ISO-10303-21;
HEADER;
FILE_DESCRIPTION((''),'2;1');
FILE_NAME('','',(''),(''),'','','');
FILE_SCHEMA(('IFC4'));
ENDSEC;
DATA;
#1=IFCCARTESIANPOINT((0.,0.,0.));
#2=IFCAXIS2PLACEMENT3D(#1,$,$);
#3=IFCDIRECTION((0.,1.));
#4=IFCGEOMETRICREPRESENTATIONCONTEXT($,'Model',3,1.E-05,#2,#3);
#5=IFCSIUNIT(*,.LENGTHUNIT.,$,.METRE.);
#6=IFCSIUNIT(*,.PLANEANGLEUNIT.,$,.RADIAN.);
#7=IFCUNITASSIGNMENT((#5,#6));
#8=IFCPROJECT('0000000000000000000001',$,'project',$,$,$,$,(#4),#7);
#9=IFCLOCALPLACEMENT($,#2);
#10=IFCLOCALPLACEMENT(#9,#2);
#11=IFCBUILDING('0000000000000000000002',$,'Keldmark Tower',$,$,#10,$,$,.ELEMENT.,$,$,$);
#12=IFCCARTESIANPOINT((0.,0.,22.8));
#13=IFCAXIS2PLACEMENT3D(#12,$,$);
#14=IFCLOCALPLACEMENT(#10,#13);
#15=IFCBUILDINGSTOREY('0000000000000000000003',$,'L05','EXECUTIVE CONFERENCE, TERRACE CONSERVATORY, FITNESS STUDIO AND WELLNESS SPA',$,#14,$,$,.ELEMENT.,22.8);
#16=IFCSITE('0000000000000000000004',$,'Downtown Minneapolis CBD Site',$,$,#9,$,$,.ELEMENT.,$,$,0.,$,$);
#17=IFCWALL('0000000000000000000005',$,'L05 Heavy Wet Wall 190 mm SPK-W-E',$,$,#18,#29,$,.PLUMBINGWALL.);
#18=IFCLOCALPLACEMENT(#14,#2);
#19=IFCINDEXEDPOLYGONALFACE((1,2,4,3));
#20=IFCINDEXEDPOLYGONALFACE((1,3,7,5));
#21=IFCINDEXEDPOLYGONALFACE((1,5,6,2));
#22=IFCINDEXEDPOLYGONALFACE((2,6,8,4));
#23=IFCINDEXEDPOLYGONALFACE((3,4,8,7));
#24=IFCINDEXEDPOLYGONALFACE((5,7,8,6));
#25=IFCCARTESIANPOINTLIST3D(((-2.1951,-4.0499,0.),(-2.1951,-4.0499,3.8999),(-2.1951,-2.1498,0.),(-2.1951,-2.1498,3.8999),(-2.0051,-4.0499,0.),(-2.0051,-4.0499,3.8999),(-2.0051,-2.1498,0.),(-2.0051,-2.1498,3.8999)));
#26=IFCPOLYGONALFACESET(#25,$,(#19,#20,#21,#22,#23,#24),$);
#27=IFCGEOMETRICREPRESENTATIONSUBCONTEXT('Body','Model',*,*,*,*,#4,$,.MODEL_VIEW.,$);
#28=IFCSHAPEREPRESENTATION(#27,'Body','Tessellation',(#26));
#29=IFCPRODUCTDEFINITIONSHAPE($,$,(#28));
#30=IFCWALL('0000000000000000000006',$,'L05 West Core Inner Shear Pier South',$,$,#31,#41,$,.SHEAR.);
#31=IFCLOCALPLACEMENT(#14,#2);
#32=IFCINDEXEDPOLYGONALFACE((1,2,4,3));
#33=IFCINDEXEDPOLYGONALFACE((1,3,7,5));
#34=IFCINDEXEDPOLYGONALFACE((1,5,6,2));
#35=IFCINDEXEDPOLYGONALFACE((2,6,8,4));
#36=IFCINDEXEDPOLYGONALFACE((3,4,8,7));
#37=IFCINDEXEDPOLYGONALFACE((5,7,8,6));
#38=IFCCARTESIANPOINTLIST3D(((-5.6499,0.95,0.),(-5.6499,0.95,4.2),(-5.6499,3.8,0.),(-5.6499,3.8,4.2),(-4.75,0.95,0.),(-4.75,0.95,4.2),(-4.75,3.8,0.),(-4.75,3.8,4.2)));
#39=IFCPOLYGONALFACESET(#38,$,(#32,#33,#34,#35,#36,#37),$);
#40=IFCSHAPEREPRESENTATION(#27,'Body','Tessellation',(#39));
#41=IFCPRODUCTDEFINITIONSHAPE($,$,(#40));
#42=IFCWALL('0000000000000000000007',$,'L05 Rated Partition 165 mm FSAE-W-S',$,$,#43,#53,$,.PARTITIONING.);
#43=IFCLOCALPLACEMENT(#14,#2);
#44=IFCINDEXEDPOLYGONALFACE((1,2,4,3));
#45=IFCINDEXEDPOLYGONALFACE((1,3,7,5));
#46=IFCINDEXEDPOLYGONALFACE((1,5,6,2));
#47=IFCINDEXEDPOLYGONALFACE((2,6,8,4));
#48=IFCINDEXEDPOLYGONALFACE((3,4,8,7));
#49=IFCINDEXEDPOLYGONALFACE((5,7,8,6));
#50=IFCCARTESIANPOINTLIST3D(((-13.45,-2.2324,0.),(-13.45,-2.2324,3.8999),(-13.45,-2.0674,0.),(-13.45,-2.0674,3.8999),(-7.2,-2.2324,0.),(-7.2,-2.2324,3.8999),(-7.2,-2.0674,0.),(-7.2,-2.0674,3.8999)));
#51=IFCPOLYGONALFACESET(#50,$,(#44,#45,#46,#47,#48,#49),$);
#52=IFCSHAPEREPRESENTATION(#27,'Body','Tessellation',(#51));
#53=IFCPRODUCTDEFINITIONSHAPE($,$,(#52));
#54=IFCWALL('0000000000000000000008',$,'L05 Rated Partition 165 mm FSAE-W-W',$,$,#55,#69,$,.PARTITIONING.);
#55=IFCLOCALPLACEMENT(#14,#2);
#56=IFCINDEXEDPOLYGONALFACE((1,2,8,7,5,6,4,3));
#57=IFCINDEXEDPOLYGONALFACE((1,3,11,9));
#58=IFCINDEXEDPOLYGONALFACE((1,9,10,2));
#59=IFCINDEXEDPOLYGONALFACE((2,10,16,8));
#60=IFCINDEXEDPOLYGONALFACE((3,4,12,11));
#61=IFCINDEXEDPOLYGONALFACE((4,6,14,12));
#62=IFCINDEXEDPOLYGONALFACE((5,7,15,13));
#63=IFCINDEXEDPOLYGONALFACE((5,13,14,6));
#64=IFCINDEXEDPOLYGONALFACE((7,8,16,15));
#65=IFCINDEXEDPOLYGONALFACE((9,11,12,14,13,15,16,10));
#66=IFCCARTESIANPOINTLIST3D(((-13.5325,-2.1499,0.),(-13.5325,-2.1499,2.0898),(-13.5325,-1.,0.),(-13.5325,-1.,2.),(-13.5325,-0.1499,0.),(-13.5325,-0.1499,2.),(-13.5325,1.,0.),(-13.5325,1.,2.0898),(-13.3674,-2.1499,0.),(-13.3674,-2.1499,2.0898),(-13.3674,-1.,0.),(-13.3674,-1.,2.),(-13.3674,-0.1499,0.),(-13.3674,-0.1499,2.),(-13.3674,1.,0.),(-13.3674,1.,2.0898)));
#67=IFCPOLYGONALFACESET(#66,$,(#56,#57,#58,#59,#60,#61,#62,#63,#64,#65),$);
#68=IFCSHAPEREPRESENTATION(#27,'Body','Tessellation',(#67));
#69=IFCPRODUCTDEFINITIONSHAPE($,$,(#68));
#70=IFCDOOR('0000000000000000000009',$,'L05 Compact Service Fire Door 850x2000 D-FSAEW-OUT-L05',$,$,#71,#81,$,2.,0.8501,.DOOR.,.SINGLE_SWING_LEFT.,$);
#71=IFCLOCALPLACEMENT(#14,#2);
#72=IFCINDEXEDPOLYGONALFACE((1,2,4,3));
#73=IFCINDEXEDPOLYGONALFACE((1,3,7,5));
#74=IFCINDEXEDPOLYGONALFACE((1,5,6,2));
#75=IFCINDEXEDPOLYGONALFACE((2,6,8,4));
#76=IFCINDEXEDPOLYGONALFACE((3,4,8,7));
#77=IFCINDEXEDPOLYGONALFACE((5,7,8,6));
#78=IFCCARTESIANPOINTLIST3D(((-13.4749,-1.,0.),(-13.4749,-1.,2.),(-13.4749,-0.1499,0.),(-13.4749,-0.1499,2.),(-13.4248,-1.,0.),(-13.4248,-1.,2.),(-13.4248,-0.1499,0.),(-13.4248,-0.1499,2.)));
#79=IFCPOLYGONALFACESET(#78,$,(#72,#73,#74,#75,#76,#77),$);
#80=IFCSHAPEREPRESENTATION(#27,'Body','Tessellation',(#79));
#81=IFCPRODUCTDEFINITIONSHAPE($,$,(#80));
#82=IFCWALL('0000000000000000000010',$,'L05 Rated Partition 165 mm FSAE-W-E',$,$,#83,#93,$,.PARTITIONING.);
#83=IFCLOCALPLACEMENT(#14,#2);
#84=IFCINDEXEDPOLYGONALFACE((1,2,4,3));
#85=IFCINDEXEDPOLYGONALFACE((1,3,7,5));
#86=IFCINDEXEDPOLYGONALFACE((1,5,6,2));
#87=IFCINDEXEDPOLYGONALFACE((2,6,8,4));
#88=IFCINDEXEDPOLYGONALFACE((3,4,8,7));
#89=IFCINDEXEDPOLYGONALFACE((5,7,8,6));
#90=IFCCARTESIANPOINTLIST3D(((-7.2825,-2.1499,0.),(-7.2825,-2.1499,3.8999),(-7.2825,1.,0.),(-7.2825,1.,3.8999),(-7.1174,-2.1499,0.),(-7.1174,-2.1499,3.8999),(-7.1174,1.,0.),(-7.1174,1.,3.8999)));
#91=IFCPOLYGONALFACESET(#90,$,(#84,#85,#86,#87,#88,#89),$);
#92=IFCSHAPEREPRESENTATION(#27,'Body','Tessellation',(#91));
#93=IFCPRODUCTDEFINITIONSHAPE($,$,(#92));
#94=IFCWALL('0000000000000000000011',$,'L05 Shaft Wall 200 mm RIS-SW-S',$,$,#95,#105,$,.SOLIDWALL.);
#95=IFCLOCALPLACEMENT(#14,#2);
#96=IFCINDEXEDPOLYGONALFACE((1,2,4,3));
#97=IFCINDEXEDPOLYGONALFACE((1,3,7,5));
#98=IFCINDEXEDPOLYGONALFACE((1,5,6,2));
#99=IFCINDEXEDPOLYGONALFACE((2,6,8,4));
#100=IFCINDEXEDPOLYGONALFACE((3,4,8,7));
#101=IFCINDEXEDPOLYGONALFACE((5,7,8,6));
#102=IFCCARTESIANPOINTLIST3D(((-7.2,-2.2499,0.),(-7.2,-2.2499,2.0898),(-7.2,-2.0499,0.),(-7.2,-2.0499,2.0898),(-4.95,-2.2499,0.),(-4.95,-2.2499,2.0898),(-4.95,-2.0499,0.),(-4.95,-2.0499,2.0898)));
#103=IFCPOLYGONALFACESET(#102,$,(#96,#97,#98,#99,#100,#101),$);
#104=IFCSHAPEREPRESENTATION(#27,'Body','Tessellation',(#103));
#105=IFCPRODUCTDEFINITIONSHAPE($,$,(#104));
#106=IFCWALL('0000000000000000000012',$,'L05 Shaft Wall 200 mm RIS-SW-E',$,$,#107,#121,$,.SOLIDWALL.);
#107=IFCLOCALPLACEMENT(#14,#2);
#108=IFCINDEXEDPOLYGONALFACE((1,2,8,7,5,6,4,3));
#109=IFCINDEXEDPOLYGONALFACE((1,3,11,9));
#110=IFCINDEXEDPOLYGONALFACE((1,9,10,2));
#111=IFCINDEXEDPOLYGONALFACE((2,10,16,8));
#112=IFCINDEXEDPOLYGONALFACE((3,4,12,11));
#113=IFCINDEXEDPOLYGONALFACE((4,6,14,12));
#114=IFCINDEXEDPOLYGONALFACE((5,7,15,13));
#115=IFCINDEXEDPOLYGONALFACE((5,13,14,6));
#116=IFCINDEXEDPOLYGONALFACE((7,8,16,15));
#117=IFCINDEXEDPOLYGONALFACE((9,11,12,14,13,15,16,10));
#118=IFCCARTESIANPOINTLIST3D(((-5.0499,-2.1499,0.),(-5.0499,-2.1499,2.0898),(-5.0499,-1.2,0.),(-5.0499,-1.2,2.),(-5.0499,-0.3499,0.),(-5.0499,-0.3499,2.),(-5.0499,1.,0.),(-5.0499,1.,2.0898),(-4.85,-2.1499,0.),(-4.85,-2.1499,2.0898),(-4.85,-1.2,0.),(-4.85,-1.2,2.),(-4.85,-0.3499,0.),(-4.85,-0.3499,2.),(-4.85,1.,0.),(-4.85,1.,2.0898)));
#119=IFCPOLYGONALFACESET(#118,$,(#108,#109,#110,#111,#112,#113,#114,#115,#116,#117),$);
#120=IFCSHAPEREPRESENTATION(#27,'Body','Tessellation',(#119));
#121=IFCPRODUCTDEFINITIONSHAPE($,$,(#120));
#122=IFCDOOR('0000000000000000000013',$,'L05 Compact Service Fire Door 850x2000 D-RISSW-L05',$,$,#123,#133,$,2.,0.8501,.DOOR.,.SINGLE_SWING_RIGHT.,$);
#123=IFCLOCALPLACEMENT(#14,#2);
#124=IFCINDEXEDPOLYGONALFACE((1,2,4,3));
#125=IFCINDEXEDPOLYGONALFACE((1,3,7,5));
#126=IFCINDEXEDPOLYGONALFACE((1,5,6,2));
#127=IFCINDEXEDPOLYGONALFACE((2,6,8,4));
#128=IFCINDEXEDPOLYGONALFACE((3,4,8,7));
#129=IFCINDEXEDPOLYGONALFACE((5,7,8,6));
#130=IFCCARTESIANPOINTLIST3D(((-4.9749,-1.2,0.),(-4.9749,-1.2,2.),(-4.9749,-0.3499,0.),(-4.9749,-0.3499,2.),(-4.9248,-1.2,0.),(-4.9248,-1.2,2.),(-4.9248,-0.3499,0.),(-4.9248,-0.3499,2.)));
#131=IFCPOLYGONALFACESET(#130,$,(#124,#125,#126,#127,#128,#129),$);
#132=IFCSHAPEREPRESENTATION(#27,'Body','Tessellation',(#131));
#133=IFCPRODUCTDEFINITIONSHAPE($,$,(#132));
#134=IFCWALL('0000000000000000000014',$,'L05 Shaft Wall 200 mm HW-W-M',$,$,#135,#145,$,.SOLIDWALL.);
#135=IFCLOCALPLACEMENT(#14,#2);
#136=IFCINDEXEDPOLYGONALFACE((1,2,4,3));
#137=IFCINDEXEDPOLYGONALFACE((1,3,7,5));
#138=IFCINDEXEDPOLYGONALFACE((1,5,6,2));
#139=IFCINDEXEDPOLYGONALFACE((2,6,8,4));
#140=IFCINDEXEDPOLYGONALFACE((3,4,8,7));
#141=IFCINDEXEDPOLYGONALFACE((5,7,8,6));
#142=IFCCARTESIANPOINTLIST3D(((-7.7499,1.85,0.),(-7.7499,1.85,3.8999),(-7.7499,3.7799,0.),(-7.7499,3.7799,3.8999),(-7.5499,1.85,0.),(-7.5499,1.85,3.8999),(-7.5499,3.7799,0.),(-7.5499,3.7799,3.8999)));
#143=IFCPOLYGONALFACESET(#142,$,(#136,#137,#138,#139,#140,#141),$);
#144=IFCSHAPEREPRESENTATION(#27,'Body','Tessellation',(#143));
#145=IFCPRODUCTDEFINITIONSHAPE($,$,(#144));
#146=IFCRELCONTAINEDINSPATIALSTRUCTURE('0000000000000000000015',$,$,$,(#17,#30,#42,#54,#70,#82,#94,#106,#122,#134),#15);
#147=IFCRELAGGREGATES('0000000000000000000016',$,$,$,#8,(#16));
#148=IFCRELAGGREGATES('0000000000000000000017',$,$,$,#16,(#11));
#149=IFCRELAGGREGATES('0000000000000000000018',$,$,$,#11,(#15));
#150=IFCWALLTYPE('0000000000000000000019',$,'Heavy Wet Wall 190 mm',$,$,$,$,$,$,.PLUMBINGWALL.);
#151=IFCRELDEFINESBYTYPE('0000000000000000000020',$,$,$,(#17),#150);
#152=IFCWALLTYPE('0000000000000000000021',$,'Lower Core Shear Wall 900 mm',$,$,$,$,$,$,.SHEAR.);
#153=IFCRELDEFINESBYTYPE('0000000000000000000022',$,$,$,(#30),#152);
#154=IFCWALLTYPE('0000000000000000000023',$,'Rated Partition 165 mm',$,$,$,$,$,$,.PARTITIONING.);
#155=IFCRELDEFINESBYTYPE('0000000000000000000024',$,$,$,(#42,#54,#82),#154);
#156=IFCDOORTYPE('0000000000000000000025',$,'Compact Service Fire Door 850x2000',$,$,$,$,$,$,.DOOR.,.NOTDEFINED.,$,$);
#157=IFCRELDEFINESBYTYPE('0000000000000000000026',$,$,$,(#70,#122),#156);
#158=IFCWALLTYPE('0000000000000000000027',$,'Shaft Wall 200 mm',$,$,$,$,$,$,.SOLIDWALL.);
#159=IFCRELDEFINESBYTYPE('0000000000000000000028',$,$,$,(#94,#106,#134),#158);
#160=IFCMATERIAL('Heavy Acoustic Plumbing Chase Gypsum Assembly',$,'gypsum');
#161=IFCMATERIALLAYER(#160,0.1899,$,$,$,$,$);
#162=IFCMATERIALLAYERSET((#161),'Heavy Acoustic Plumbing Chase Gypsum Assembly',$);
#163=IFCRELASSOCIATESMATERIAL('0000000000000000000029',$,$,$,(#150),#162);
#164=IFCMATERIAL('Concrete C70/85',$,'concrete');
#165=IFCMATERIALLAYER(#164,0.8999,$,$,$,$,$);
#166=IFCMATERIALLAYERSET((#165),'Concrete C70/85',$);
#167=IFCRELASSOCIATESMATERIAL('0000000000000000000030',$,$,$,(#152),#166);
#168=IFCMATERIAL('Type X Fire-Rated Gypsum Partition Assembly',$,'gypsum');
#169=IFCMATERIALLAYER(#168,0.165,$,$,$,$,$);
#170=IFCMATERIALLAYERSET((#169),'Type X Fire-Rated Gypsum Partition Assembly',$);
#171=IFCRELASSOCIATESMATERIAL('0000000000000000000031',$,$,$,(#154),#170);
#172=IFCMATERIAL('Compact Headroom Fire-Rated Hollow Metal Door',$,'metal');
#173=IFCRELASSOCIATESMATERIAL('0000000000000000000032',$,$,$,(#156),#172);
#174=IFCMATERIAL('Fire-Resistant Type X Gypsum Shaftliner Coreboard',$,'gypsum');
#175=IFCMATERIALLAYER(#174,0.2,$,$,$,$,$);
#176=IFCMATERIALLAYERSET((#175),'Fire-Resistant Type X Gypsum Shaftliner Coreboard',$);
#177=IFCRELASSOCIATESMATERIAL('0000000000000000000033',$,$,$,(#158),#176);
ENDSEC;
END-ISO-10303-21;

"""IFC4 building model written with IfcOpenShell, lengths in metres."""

from ifc_helpers import new_model, si_unit, direction, frame, frame_2d, origin, place, context, subcontext, project, spatial, rectangle, extrude, material, layer, layer_set, type_object, element, fill, save


model = new_model("IFC4")

# Units and contexts
model_context = context("Model", 3, precision=1e-05, world=origin(), true_north=direction((0.0, 1.0)))
body_context = subcontext(model_context, "Body", "Model", "MODEL_VIEW")
ifc_project = project(units=[si_unit("LENGTHUNIT", "METRE"), si_unit("PLANEANGLEUNIT", "RADIAN")], contexts=[model_context])

# Site, building, storey
site_placement = place(None, origin())
site = spatial("IfcSite", under=ifc_project, at=site_placement, Name="Downtown Minneapolis CBD Site", CompositionType="ELEMENT", RefElevation=0.0)
building_placement = place(site_placement, origin())
building = spatial("IfcBuilding", under=site, at=building_placement, Name="Keldmark Tower", CompositionType="ELEMENT")
storey_placement = place(building_placement, frame((0.0, 0.0, 22.8)))
storey = spatial("IfcBuildingStorey", under=building, at=storey_placement, Name="L05", Description="EXECUTIVE CONFERENCE, TERRACE CONSERVATORY, FITNESS STUDIO AND WELLNESS SPA", CompositionType="ELEMENT", Elevation=22.8)

# Wall
ifc_material_1 = material(Name="Heavy Acoustic Plumbing Chase Gypsum Assembly", Category="gypsum")
ifc_layer_1 = layer(ifc_material_1, 0.1899)
ifc_layer_set_1 = layer_set([ifc_layer_1], Name="Heavy Acoustic Plumbing Chase Gypsum Assembly")
wall_type_1 = type_object("IfcWallType", Name="Heavy Wet Wall 190 mm", PredefinedType="PLUMBINGWALL", material=ifc_layer_set_1)
for number, where, z_axis, x_axis, name in (
    (1, (-2.1001, -4.05, 0.0), (0.0, 0.0, 1.0), (0.0, 1.0, 0.0), "L05 Heavy Wet Wall 190 mm SPK-W-E"),
):
    element("IfcWall", number, at=place(storey_placement, frame(where, z_axis=z_axis, x_axis=x_axis)), inside=storey, type_object=wall_type_1, Name=name, PredefinedType="PLUMBINGWALL", context=body_context, shape_type="SweptSolid", body=[
        extrude(rectangle(XDim=1.9001, YDim=0.1899, at=frame_2d((0.9502, 0.0))), origin(), (0.0, 0.0, 1.0), 3.8999),
    ])

# Shared definitions
ifc_material_2 = material(Name="Concrete C70/85", Category="concrete")
ifc_layer_2 = layer(ifc_material_2, 0.8999)
ifc_layer_set_2 = layer_set([ifc_layer_2], Name="Concrete C70/85")
wall_type_2 = type_object("IfcWallType", Name="Lower Core Shear Wall 900 mm", PredefinedType="SHEAR", material=ifc_layer_set_2)

# Walls
wall_1_placement = place(storey_placement, frame((-5.2, 0.95, 0.0), z_axis=(0.0, 0.0, 1.0), x_axis=(0.0, 1.0, 0.0)))
element("IfcWall", 2, at=wall_1_placement, inside=storey, type_object=wall_type_2, Name="L05 West Core Inner Shear Pier South", PredefinedType="SHEAR", context=body_context, shape_type="SweptSolid", body=[
    extrude(rectangle(XDim=2.8501, YDim=0.8999, at=frame_2d((1.425, 0.0))), origin(), (0.0, 0.0, 1.0), 4.2),
])
ifc_material_3 = material(Name="Type X Fire-Rated Gypsum Partition Assembly", Category="gypsum")
ifc_layer_3 = layer(ifc_material_3, 0.165)
ifc_layer_set_3 = layer_set([ifc_layer_3], Name="Type X Fire-Rated Gypsum Partition Assembly")
wall_type_3 = type_object("IfcWallType", Name="Rated Partition 165 mm", PredefinedType="PARTITIONING", material=ifc_layer_set_3)
wall_2_placement = place(storey_placement, frame((-13.45, -2.1499, 0.0), z_axis=(0.0, 0.0, 1.0), x_axis=(1.0, 0.0, 0.0)))
element("IfcWall", 3, at=wall_2_placement, inside=storey, type_object=wall_type_3, Name="L05 Rated Partition 165 mm FSAE-W-S", PredefinedType="PARTITIONING", context=body_context, shape_type="SweptSolid", body=[
    extrude(rectangle(XDim=6.25, YDim=0.165, at=frame_2d((3.125, 0.0))), origin(), (0.0, 0.0, 1.0), 3.8999),
])

# Wall, opening, door
wall_3_placement = place(storey_placement, frame((-13.45, -2.1499, 0.0), z_axis=(0.0, 0.0, 1.0), x_axis=(0.0, 1.0, 0.0)))
wall_3 = element("IfcWall", 4, at=wall_3_placement, inside=storey, type_object=wall_type_3, Name="L05 Rated Partition 165 mm FSAE-W-W", PredefinedType="PARTITIONING", context=body_context, shape_type="SweptSolid", body=[
    extrude(rectangle(XDim=3.1499, YDim=0.165, at=frame_2d((1.575, 0.0))), origin(), (0.0, 0.0, 1.0), 2.0898),
])
opening_1_placement = place(wall_3_placement, frame((1.1499, 0.0, 0.0)))
opening_1 = element("IfcOpeningElement", 5, at=opening_1_placement, cuts=wall_3, PredefinedType="OPENING", context=body_context, shape_type="SweptSolid", body=[
    extrude(rectangle(XDim=0.8501, YDim=2.0, at=frame_2d((0.425, 1.0))), frame((0.0, 0.0925, 0.0), z_axis=(0.0, -1.0, 0.0), x_axis=(1.0, 0.0, 0.0)), (0.0, 0.0, 1.0), 0.1851),
])
ifc_material_4 = material(Name="Compact Headroom Fire-Rated Hollow Metal Door", Category="metal")
door_type_1 = type_object("IfcDoorType", Name="Compact Service Fire Door 850x2000", OperationType="NOTDEFINED", PredefinedType="DOOR", material=ifc_material_4)
door_1_placement = place(opening_1_placement, origin())
door_1 = element("IfcDoor", 6, at=door_1_placement, inside=storey, type_object=door_type_1, Name="L05 Compact Service Fire Door 850x2000 D-FSAEW-OUT-L05", OperationType="SINGLE_SWING_LEFT", OverallHeight=2.0, OverallWidth=0.8501, PredefinedType="DOOR", context=body_context, shape_type="SweptSolid", body=[
    extrude(rectangle(XDim=0.8501, YDim=2.0, at=frame_2d((0.425, 1.0))), frame((0.0, 0.0249, 0.0), z_axis=(0.0, -1.0, 0.0), x_axis=(1.0, 0.0, 0.0)), (0.0, 0.0, 1.0), 0.05),
])
fill(opening_1, door_1)

# Walls
wall_4_placement = place(storey_placement, frame((-7.2, -2.1499, 0.0), z_axis=(0.0, 0.0, 1.0), x_axis=(0.0, 1.0, 0.0)))
element("IfcWall", 7, at=wall_4_placement, inside=storey, type_object=wall_type_3, Name="L05 Rated Partition 165 mm FSAE-W-E", PredefinedType="PARTITIONING", context=body_context, shape_type="SweptSolid", body=[
    extrude(rectangle(XDim=3.1499, YDim=0.165, at=frame_2d((1.575, 0.0))), origin(), (0.0, 0.0, 1.0), 3.8999),
])
ifc_material_5 = material(Name="Fire-Resistant Type X Gypsum Shaftliner Coreboard", Category="gypsum")
ifc_layer_4 = layer(ifc_material_5, 0.2)
ifc_layer_set_4 = layer_set([ifc_layer_4], Name="Fire-Resistant Type X Gypsum Shaftliner Coreboard")
wall_type_4 = type_object("IfcWallType", Name="Shaft Wall 200 mm", PredefinedType="SOLIDWALL", material=ifc_layer_set_4)
wall_5_placement = place(storey_placement, frame((-7.2, -2.1499, 0.0), z_axis=(0.0, 0.0, 1.0), x_axis=(1.0, 0.0, 0.0)))
element("IfcWall", 8, at=wall_5_placement, inside=storey, type_object=wall_type_4, Name="L05 Shaft Wall 200 mm RIS-SW-S", PredefinedType="SOLIDWALL", context=body_context, shape_type="SweptSolid", body=[
    extrude(rectangle(XDim=2.25, YDim=0.2, at=frame_2d((1.125, 0.0))), origin(), (0.0, 0.0, 1.0), 2.0898),
])

# Wall, opening, door
wall_6_placement = place(storey_placement, frame((-4.95, -2.1499, 0.0), z_axis=(0.0, 0.0, 1.0), x_axis=(0.0, 1.0, 0.0)))
wall_6 = element("IfcWall", 9, at=wall_6_placement, inside=storey, type_object=wall_type_4, Name="L05 Shaft Wall 200 mm RIS-SW-E", PredefinedType="SOLIDWALL", context=body_context, shape_type="SweptSolid", body=[
    extrude(rectangle(XDim=3.1499, YDim=0.2, at=frame_2d((1.575, 0.0))), origin(), (0.0, 0.0, 1.0), 2.0898),
])
opening_2_placement = place(wall_6_placement, frame((0.95, 0.0, 0.0)))
opening_2 = element("IfcOpeningElement", 10, at=opening_2_placement, cuts=wall_6, PredefinedType="OPENING", context=body_context, shape_type="SweptSolid", body=[
    extrude(rectangle(XDim=0.8501, YDim=2.0, at=frame_2d((0.425, 1.0))), frame((0.0, 0.1099, 0.0), z_axis=(0.0, -1.0, 0.0), x_axis=(1.0, 0.0, 0.0)), (0.0, 0.0, 1.0), 0.22),
])
door_2_placement = place(opening_2_placement, origin())
door_2 = element("IfcDoor", 11, at=door_2_placement, inside=storey, type_object=door_type_1, Name="L05 Compact Service Fire Door 850x2000 D-RISSW-L05", OperationType="SINGLE_SWING_RIGHT", OverallHeight=2.0, OverallWidth=0.8501, PredefinedType="DOOR", context=body_context, shape_type="SweptSolid", body=[
    extrude(rectangle(XDim=0.8501, YDim=2.0, at=frame_2d((0.425, 1.0))), frame((0.0, 0.0249, 0.0), z_axis=(0.0, -1.0, 0.0), x_axis=(1.0, 0.0, 0.0)), (0.0, 0.0, 1.0), 0.05),
])
fill(opening_2, door_2)

# Wall
wall_7_placement = place(storey_placement, frame((-7.6499, 1.8501, 0.0), z_axis=(0.0, 0.0, 1.0), x_axis=(0.0, 1.0, 0.0)))
element("IfcWall", 12, at=wall_7_placement, inside=storey, type_object=wall_type_4, Name="L05 Shaft Wall 200 mm HW-W-M", PredefinedType="SOLIDWALL", context=body_context, shape_type="SweptSolid", body=[
    extrude(rectangle(XDim=1.9299, YDim=0.2, at=frame_2d((0.9648, 0.0))), origin(), (0.0, 0.0, 1.0), 3.8999),
])

save(model, "model.ifc")
